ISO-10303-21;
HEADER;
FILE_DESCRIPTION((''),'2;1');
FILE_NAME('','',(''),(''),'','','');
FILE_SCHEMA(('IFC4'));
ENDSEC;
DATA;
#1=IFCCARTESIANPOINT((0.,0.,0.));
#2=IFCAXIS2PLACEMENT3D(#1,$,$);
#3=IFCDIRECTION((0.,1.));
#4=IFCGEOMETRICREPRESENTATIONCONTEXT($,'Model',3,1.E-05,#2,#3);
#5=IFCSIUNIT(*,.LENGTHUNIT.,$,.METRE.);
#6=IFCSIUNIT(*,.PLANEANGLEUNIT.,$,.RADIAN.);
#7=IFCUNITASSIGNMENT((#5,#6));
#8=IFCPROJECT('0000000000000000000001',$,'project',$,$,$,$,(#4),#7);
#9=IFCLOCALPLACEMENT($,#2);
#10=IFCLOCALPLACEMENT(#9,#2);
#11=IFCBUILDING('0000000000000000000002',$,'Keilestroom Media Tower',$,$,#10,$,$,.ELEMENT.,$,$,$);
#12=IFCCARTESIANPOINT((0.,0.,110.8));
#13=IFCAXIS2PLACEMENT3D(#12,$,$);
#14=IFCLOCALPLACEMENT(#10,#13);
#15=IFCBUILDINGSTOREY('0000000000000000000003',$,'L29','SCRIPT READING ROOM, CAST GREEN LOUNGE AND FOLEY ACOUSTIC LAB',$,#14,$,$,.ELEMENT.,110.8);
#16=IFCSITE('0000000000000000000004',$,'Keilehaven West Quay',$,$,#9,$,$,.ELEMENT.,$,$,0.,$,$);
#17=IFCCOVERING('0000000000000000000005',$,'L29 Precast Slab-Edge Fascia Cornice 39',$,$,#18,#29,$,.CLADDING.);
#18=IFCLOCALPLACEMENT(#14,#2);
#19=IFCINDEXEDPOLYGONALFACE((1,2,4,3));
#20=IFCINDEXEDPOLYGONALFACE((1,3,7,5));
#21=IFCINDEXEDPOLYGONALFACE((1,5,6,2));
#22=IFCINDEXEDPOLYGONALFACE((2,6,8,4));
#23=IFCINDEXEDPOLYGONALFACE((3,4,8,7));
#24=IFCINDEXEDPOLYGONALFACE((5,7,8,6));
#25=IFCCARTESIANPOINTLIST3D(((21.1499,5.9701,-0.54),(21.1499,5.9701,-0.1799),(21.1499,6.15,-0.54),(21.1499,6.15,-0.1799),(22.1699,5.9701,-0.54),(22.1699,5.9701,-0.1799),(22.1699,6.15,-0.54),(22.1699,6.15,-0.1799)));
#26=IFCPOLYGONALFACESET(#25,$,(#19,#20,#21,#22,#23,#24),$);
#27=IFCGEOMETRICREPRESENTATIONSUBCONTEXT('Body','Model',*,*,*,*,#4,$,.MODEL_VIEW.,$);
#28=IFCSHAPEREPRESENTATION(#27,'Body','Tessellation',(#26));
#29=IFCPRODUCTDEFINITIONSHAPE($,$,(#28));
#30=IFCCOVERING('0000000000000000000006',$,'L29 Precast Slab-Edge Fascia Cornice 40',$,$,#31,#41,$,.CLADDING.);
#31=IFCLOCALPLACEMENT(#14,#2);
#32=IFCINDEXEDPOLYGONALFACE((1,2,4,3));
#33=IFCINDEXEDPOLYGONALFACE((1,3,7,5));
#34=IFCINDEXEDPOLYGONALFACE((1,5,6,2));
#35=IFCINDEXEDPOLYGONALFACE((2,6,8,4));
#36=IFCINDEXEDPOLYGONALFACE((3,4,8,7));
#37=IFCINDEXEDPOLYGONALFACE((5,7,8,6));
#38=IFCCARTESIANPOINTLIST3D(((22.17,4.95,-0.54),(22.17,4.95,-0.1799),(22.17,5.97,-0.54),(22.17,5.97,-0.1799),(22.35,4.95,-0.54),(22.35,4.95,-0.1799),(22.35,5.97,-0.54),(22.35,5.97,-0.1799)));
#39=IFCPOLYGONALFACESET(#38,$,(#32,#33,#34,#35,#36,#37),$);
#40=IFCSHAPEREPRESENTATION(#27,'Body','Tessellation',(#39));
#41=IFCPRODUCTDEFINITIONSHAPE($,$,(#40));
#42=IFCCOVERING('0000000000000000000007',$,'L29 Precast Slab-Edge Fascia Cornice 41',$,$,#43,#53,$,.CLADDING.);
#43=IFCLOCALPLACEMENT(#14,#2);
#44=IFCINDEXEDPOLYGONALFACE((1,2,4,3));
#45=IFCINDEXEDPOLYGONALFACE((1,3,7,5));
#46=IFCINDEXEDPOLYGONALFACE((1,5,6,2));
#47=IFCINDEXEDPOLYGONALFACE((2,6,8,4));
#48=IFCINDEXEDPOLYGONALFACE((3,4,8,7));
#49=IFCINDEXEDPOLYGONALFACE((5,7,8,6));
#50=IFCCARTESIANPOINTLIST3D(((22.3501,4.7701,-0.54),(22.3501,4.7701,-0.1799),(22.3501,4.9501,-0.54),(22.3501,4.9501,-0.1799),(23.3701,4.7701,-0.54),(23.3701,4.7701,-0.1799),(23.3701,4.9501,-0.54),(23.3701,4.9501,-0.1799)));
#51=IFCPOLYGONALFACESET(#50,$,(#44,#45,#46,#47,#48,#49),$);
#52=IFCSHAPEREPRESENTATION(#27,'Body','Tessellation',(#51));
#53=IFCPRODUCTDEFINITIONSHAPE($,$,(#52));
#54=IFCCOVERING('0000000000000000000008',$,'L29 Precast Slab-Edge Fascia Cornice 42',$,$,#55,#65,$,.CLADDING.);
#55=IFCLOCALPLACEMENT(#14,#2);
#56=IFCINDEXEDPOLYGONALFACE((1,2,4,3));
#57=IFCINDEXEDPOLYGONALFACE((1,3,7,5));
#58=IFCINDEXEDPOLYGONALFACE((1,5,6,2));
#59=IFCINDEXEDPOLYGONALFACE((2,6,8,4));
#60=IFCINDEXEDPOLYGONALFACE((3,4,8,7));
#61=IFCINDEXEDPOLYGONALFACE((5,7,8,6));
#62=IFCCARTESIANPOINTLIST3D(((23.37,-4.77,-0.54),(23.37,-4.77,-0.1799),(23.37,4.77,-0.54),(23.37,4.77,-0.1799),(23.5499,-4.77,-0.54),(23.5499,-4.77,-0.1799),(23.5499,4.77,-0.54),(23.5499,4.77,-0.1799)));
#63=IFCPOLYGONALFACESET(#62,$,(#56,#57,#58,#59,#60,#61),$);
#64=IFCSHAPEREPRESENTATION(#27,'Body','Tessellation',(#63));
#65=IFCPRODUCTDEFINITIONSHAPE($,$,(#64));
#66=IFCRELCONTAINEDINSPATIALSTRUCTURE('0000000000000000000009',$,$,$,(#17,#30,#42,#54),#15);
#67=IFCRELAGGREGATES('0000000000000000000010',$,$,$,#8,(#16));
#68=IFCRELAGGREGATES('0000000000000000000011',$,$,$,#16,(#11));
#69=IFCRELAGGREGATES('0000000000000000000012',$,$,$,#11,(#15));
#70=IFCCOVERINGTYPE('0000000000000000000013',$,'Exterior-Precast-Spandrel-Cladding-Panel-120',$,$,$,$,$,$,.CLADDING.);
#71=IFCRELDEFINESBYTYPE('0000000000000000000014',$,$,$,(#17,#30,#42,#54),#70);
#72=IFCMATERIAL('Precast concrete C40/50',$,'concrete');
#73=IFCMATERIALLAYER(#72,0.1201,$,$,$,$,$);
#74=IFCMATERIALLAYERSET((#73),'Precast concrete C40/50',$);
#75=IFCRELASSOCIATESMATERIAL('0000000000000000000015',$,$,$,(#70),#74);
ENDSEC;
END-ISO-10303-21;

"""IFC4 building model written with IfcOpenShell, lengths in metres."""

from ifc_helpers import new_model, si_unit, direction, frame, origin, origin_2d, place, context, subcontext, project, spatial, rectangle, extrude, source, transform, mapped, material, layer, layer_set, type_object, element, save


model = new_model("IFC4")

# Units and contexts
model_context = context("Model", 3, precision=1e-05, world=origin(), true_north=direction((0.0, 1.0)))
body_context = subcontext(model_context, "Body", "Model", "MODEL_VIEW")
ifc_project = project(units=[si_unit("LENGTHUNIT", "METRE"), si_unit("PLANEANGLEUNIT", "RADIAN")], contexts=[model_context])

# Site, building, storey
site_placement = place(None, origin())
site = spatial("IfcSite", under=ifc_project, at=site_placement, Name="Keilehaven West Quay", CompositionType="ELEMENT", RefElevation=0.0)
building_placement = place(site_placement, origin())
building = spatial("IfcBuilding", under=site, at=building_placement, Name="Keilestroom Media Tower", CompositionType="ELEMENT")
storey_placement = place(building_placement, frame((0.0, 0.0, 110.8)))
storey = spatial("IfcBuildingStorey", under=building, at=storey_placement, Name="L29", Description="SCRIPT READING ROOM, CAST GREEN LOUNGE AND FOLEY ACOUSTIC LAB", CompositionType="ELEMENT", Elevation=110.8)

# Shared definitions
ifc_material_1 = material(Name="Precast concrete C40/50", Category="concrete")

# Coverings
ifc_layer_1 = layer(ifc_material_1, 0.1201)
ifc_layer_set_1 = layer_set([ifc_layer_1], Name="Precast concrete C40/50")
covering_type = type_object("IfcCoveringType", Name="Exterior-Precast-Spandrel-Cladding-Panel-120", PredefinedType="CLADDING", material=ifc_layer_set_1)
shared_shape_1 = source(origin(), body_context, "Body", "SweptSolid", [
    extrude(rectangle(XDim=1.02, YDim=0.1799, at=origin_2d()), origin(), (0.0, 0.0, 1.0), 0.3601),
])
for number, where, z_axis, x_axis, name in (
    (1, (21.6599, 6.0601, -0.54), (0.0, 0.0, 1.0), (1.0, 0.0, 0.0), "L29 Precast Slab-Edge Fascia Cornice 39"),
    (2, (22.26, 5.46, -0.54), (0.0, 0.0, 1.0), (0.0, -1.0, 0.0), "L29 Precast Slab-Edge Fascia Cornice 40"),
    (3, (22.8601, 4.8601, -0.54), (0.0, 0.0, 1.0), (1.0, 0.0, 0.0), "L29 Precast Slab-Edge Fascia Cornice 41"),
):
    element("IfcCovering", number, at=place(storey_placement, frame(where, z_axis=z_axis, x_axis=x_axis)), inside=storey, type_object=covering_type, Name=name, PredefinedType="CLADDING", context=body_context, shape_type="MappedRepresentation", body=[
        mapped(shared_shape_1, transform((0.0, 0.0, 0.0), x_axis=(1.0, 0.0, 0.0), y_axis=(0.0, 1.0, 0.0), z_axis=(0.0, 0.0, 1.0), scale=1.0)),
    ])
shared_shape_2 = source(origin(), body_context, "Body", "SweptSolid", [
    extrude(rectangle(XDim=9.54, YDim=0.1799, at=origin_2d()), origin(), (0.0, 0.0, 1.0), 0.3601),
])
covering_placement = place(storey_placement, frame((23.46, 0.0, -0.54), z_axis=(0.0, 0.0, 1.0), x_axis=(0.0, -1.0, 0.0)))
element("IfcCovering", 4, at=covering_placement, inside=storey, type_object=covering_type, Name="L29 Precast Slab-Edge Fascia Cornice 42", PredefinedType="CLADDING", context=body_context, shape_type="MappedRepresentation", body=[
    mapped(shared_shape_2, transform((0.0, 0.0, 0.0), x_axis=(1.0, 0.0, 0.0), y_axis=(0.0, 1.0, 0.0), z_axis=(0.0, 0.0, 1.0), scale=1.0)),
])

save(model, "model.ifc")
